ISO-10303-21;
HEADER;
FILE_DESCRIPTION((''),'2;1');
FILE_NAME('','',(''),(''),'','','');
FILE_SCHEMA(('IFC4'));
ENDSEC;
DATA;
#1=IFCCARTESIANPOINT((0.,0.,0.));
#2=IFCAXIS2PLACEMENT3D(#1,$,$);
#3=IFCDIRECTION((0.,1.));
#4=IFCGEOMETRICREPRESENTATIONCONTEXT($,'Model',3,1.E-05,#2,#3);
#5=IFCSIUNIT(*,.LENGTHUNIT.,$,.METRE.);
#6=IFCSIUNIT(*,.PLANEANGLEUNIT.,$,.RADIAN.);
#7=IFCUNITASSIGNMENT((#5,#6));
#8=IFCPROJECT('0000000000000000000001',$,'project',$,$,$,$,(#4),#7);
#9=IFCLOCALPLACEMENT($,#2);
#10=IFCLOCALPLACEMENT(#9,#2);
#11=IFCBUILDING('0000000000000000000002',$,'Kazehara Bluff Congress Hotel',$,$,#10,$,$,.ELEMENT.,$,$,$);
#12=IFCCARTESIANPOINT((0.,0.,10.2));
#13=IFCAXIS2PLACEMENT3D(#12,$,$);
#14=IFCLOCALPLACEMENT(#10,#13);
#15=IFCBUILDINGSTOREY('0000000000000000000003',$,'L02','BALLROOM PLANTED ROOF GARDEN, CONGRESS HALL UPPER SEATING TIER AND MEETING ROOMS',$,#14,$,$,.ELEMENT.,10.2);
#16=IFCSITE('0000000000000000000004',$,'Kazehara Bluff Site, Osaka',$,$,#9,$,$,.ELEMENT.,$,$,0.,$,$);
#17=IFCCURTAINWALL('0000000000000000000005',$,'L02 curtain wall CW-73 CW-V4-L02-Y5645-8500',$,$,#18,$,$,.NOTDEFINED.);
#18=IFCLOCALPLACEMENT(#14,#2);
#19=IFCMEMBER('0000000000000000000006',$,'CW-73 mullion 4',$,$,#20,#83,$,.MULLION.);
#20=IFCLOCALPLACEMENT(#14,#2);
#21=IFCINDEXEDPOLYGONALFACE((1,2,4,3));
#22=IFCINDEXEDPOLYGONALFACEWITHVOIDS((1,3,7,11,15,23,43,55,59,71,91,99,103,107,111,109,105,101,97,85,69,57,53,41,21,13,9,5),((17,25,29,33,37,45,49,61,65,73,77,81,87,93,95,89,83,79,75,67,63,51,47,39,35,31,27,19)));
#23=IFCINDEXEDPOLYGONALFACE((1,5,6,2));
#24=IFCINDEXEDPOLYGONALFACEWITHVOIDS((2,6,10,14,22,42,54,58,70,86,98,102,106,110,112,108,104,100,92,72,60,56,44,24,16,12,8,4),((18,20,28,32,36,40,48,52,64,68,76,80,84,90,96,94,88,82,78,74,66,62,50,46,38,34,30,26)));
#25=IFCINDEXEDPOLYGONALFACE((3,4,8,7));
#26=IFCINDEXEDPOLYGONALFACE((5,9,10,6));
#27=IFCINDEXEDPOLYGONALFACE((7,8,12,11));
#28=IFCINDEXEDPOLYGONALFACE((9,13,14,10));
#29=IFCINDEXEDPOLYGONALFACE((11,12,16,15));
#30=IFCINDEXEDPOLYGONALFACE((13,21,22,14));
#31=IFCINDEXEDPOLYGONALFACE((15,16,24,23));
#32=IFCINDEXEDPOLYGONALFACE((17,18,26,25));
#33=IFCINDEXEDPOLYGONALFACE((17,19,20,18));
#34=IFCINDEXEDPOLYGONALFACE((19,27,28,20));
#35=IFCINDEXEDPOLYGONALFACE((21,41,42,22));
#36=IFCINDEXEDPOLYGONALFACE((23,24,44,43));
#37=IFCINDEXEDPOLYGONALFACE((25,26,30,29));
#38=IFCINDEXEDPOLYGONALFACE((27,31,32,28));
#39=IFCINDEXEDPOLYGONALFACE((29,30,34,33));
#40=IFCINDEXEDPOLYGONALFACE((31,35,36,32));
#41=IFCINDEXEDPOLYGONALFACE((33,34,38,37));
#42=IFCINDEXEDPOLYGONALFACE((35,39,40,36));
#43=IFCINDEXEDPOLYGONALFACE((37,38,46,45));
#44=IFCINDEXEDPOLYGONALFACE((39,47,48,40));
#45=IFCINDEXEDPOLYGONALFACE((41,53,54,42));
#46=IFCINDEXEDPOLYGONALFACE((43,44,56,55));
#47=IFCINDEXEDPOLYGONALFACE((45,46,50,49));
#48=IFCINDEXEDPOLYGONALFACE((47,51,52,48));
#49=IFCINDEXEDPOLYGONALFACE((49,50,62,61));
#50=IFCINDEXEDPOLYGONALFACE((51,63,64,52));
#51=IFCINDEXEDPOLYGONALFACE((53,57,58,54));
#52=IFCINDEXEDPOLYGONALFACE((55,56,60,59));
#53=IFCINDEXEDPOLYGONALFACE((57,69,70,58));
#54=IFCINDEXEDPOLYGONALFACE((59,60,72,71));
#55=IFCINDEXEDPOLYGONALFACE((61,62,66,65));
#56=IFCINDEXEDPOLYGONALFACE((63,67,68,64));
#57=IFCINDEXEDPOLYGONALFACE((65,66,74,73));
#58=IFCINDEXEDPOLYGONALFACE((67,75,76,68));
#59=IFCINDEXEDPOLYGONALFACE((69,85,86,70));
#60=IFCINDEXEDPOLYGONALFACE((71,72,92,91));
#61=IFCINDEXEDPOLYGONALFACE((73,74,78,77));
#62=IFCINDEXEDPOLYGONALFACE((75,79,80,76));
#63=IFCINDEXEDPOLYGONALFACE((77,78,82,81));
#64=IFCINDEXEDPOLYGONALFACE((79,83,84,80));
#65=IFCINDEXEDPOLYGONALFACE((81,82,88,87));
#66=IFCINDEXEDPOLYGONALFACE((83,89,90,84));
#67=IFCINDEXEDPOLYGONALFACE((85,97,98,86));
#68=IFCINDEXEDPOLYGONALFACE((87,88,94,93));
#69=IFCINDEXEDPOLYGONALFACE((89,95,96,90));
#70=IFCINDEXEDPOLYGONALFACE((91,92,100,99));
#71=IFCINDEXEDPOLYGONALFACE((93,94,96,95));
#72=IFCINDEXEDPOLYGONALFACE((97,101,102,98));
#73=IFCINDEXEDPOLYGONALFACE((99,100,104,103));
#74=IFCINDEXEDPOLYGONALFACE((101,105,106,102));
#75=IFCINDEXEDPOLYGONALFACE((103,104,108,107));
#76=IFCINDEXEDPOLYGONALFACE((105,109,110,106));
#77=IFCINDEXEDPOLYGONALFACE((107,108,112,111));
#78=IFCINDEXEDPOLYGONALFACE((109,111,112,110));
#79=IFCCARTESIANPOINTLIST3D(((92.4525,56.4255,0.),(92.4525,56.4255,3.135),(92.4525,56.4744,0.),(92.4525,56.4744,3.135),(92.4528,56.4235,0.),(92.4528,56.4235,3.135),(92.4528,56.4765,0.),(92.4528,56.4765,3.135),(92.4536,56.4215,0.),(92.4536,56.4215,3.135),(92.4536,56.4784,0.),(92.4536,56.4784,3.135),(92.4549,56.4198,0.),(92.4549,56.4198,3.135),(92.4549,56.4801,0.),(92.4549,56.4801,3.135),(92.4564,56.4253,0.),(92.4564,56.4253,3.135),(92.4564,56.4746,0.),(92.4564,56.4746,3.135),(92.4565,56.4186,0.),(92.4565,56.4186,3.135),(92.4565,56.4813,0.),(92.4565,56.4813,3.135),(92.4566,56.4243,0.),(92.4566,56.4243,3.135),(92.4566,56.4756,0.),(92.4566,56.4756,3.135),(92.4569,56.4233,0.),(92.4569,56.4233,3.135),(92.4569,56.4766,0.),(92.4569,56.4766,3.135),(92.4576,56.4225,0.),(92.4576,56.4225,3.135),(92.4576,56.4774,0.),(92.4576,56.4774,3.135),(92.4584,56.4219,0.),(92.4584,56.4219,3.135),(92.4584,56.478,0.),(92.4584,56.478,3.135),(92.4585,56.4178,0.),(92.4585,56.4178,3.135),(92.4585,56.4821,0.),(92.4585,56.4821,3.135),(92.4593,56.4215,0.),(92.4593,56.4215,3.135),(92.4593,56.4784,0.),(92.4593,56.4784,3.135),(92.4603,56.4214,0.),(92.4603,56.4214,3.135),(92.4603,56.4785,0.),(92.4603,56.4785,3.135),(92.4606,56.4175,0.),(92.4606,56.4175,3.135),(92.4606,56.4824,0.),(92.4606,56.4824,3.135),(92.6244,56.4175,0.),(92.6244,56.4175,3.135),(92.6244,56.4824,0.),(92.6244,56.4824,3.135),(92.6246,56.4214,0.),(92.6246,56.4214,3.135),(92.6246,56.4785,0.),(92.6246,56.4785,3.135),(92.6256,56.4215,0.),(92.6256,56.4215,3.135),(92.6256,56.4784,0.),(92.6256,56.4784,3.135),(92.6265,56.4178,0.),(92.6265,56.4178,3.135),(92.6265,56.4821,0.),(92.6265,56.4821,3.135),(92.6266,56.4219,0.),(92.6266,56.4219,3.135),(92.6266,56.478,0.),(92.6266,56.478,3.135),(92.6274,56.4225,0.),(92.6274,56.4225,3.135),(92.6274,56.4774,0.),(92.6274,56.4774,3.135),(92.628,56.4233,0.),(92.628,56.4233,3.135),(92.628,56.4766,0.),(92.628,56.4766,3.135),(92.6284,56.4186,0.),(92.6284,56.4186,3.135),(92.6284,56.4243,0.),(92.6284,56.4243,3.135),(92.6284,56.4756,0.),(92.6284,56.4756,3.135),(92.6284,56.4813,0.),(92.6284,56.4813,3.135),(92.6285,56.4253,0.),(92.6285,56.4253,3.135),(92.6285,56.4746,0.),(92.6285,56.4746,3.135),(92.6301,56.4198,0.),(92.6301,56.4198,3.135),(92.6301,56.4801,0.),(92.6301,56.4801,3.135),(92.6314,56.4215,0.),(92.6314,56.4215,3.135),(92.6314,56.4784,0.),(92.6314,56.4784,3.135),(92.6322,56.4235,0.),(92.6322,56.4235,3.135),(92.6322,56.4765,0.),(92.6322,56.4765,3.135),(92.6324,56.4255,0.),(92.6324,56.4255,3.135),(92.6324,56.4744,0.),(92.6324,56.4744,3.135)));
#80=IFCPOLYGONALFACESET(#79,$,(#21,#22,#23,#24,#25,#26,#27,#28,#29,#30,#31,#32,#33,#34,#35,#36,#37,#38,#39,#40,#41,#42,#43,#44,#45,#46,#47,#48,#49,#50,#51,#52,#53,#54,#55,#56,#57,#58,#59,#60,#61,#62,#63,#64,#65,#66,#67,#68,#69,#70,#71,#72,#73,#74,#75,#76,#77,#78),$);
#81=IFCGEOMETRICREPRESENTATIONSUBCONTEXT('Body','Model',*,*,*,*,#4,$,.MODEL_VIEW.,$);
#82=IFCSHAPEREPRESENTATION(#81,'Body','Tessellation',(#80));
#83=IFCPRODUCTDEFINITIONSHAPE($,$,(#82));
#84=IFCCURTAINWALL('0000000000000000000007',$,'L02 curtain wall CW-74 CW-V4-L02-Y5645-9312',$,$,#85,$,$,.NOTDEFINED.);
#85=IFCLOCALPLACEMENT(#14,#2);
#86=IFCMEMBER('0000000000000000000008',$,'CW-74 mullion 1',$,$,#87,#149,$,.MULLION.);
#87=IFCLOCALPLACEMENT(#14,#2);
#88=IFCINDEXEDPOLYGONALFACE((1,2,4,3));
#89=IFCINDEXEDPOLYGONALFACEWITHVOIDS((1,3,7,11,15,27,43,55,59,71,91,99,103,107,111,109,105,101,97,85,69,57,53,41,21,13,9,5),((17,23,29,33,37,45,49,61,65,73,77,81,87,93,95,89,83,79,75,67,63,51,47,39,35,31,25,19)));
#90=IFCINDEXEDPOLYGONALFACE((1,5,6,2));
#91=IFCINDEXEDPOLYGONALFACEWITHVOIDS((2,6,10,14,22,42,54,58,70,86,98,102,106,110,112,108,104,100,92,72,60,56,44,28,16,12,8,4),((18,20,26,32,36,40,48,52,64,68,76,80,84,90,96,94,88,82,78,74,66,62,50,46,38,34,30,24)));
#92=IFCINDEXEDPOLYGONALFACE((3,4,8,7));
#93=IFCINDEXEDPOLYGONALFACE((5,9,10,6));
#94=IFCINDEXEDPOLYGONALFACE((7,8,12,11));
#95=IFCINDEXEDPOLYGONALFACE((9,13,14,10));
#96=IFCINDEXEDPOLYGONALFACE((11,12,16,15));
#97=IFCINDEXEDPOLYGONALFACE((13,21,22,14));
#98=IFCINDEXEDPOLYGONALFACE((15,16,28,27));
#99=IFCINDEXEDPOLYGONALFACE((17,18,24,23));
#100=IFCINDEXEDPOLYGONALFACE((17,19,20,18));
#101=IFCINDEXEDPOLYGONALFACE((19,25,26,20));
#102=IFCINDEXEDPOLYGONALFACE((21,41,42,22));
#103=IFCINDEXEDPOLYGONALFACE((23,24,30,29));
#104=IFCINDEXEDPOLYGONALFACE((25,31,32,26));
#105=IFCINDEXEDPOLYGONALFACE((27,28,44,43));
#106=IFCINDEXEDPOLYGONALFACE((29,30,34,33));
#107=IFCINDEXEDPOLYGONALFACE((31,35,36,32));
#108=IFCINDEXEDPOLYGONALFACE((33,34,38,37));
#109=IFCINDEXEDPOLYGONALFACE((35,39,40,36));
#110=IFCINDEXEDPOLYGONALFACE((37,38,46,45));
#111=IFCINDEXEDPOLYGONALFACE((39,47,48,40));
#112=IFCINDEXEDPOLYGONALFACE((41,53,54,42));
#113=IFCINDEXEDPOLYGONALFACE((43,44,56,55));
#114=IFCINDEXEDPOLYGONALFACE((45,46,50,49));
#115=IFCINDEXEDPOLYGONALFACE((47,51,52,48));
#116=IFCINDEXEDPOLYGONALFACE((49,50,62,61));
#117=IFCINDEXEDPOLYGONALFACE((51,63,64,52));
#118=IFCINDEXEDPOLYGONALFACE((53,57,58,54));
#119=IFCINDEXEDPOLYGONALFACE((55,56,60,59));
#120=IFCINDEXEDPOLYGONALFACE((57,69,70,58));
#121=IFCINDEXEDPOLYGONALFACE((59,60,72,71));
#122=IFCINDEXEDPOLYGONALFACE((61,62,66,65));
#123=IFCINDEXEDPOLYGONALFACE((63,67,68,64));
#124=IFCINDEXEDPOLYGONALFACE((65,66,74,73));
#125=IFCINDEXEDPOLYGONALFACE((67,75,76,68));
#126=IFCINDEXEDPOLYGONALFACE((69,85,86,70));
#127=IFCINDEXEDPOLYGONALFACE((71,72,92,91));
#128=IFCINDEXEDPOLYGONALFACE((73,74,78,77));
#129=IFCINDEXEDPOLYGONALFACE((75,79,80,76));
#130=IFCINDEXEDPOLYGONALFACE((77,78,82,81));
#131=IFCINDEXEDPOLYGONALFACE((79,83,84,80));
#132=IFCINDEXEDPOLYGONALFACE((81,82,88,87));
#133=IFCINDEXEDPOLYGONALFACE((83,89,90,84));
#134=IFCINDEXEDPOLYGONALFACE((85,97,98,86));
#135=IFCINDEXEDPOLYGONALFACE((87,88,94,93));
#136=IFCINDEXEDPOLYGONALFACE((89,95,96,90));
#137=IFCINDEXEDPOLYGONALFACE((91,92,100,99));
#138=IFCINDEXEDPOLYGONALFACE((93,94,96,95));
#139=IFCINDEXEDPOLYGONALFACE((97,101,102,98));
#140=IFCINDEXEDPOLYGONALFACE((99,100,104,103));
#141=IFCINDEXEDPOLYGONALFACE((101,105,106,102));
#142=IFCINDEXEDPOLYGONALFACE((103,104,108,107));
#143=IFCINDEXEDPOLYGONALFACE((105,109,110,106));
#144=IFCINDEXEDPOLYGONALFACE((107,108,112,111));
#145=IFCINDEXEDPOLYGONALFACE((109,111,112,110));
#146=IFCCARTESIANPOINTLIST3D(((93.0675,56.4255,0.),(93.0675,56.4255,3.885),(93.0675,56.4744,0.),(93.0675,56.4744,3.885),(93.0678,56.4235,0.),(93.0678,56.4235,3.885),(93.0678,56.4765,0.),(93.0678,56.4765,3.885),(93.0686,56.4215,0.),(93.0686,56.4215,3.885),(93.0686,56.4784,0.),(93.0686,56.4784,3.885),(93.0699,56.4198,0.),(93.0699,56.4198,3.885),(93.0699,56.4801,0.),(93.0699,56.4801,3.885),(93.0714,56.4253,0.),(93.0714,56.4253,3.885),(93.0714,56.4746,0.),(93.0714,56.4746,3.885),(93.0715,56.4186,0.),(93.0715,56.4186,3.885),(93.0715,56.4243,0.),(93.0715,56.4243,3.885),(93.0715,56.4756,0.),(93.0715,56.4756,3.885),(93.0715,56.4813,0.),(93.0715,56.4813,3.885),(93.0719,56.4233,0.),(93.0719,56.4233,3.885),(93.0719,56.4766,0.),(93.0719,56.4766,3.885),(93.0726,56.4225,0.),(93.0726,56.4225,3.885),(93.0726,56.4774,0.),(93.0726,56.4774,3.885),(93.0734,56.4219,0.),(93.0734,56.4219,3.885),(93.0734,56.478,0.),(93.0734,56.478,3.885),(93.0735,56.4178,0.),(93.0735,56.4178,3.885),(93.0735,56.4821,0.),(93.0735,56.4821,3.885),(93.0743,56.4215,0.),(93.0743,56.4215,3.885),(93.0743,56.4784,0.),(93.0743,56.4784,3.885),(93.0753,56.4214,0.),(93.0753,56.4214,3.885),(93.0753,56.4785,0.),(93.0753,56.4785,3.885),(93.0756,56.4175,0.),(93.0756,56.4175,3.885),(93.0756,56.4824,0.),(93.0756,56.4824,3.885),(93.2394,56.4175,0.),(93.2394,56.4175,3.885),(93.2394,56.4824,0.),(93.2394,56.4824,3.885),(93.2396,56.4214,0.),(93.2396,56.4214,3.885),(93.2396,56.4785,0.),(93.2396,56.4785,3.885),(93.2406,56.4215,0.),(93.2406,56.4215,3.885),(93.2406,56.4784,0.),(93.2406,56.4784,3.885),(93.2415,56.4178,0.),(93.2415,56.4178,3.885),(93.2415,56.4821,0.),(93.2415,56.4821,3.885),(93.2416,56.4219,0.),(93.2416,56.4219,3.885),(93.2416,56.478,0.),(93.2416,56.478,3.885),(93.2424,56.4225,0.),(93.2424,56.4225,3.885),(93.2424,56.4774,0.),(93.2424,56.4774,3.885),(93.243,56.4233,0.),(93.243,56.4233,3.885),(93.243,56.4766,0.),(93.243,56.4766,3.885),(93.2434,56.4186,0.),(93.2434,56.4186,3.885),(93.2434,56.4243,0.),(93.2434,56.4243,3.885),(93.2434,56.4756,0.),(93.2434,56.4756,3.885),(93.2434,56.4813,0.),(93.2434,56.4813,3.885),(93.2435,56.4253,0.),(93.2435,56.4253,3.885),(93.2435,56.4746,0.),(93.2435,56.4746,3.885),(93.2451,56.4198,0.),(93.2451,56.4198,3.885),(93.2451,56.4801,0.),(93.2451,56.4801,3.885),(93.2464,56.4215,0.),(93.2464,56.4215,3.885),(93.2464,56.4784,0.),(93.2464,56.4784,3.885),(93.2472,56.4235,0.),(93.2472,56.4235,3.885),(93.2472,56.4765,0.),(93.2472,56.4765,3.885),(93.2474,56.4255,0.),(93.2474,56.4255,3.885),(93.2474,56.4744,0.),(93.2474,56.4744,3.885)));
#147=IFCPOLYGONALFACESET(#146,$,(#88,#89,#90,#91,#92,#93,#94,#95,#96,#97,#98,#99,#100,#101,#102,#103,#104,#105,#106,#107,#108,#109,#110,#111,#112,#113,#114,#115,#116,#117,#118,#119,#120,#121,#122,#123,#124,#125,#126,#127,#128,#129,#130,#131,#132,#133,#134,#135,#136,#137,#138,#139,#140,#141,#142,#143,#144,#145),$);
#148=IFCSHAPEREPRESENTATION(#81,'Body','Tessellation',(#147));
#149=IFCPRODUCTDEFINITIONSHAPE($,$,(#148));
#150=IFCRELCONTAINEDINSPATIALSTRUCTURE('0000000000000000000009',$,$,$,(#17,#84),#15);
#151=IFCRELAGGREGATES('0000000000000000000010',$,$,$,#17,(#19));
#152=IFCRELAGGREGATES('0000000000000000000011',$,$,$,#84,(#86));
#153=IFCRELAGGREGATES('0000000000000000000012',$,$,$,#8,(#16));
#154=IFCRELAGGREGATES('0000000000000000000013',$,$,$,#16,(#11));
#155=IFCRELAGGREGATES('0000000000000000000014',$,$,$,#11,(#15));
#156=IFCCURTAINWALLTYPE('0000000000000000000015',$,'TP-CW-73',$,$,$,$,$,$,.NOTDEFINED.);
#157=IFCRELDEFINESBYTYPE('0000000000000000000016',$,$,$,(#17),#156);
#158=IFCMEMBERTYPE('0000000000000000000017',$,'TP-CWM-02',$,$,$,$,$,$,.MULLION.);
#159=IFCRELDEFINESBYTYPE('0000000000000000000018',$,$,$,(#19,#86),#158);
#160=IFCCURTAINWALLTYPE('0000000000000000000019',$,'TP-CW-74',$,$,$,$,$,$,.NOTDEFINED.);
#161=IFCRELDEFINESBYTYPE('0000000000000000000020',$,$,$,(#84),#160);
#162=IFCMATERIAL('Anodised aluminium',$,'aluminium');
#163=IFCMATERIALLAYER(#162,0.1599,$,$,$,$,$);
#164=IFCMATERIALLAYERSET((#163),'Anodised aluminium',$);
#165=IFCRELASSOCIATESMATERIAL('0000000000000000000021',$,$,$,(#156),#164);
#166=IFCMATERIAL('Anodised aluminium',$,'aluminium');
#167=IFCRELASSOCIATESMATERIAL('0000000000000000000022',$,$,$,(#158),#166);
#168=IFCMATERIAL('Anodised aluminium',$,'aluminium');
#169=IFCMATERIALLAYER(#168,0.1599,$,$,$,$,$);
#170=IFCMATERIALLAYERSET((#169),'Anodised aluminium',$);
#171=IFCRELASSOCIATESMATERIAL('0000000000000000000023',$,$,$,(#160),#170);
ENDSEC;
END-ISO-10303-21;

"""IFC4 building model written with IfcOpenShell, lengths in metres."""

from ifc_helpers import new_model, si_unit, direction, frame, origin, origin_2d, place, context, subcontext, project, spatial, hollow_rectangle, extrude, material, layer, layer_set, material_profile, profile_set, type_object, element, aggregate, save


model = new_model("IFC4")

# Units and contexts
model_context = context("Model", 3, precision=1e-05, world=origin(), true_north=direction((0.0, 1.0)))
body_context = subcontext(model_context, "Body", "Model", "MODEL_VIEW")
ifc_project = project(units=[si_unit("LENGTHUNIT", "METRE"), si_unit("PLANEANGLEUNIT", "RADIAN")], contexts=[model_context])

# Site, building, storey
site_placement = place(None, origin())
site = spatial("IfcSite", under=ifc_project, at=site_placement, Name="Kazehara Bluff Site, Osaka", CompositionType="ELEMENT", RefElevation=0.0)
building_placement = place(site_placement, origin())
building = spatial("IfcBuilding", under=site, at=building_placement, Name="Kazehara Bluff Congress Hotel", CompositionType="ELEMENT")
storey_placement = place(building_placement, frame((0.0, 0.0, 10.2)))
storey = spatial("IfcBuildingStorey", under=building, at=storey_placement, Name="L02", Description="BALLROOM PLANTED ROOF GARDEN, CONGRESS HALL UPPER SEATING TIER AND MEETING ROOMS", CompositionType="ELEMENT", Elevation=10.2)

# Curtain wall, member
ifc_material_1 = material(Name="Anodised aluminium", Category="aluminium")
ifc_layer_1 = layer(ifc_material_1, 0.1599)
ifc_layer_set_1 = layer_set([ifc_layer_1], Name="Anodised aluminium")
curtain_wall_type_1 = type_object("IfcCurtainWallType", Name="TP-CW-73", PredefinedType="NOTDEFINED", material=ifc_layer_set_1)
curtain_wall_1_placement = place(storey_placement, origin())
curtain_wall_1 = element("IfcCurtainWall", 1, at=curtain_wall_1_placement, inside=storey, type_object=curtain_wall_type_1, Name="L02 curtain wall CW-73 CW-V4-L02-Y5645-8500", PredefinedType="NOTDEFINED")
ifc_material_2 = material(Name="Anodised aluminium", Category="aluminium")
ifc_material_profile_1 = material_profile(ifc_material_2, hollow_rectangle(XDim=0.0649, YDim=0.1799, WallThickness=0.0039, InnerFilletRadius=0.0039, OuterFilletRadius=0.0081, at=origin_2d()))
ifc_profile_set_1 = profile_set([ifc_material_profile_1], Name="Anodised aluminium")
member_type_1 = type_object("IfcMemberType", Name="TP-CWM-02", PredefinedType="MULLION", material=ifc_profile_set_1)
member_1_placement = place(storey_placement, frame((92.5425, 56.45, 0.0), z_axis=(0.0, 0.0, 1.0), x_axis=(0.0, 1.0, 0.0)))
member_1 = element("IfcMember", 2, at=member_1_placement, type_object=member_type_1, Name="CW-73 mullion 4", PredefinedType="MULLION", context=body_context, shape_type="SweptSolid", body=[
    extrude(hollow_rectangle(XDim=0.0649, YDim=0.1799, WallThickness=0.0039, InnerFilletRadius=0.0039, OuterFilletRadius=0.0081, at=origin_2d()), origin(), (0.0, 0.0, 1.0), 3.135),
])

# Curtain wall, member
ifc_material_3 = material(Name="Anodised aluminium", Category="aluminium")
ifc_layer_2 = layer(ifc_material_3, 0.1599)
ifc_layer_set_2 = layer_set([ifc_layer_2], Name="Anodised aluminium")
curtain_wall_type_2 = type_object("IfcCurtainWallType", Name="TP-CW-74", PredefinedType="NOTDEFINED", material=ifc_layer_set_2)
curtain_wall_2_placement = place(storey_placement, origin())
curtain_wall_2 = element("IfcCurtainWall", 3, at=curtain_wall_2_placement, inside=storey, type_object=curtain_wall_type_2, Name="L02 curtain wall CW-74 CW-V4-L02-Y5645-9312", PredefinedType="NOTDEFINED")
member_2_placement = place(storey_placement, frame((93.1575, 56.45, 0.0), z_axis=(0.0, 0.0, 1.0), x_axis=(0.0, 1.0, 0.0)))
member_2 = element("IfcMember", 4, at=member_2_placement, type_object=member_type_1, Name="CW-74 mullion 1", PredefinedType="MULLION", context=body_context, shape_type="SweptSolid", body=[
    extrude(hollow_rectangle(XDim=0.0649, YDim=0.1799, WallThickness=0.0039, InnerFilletRadius=0.0039, OuterFilletRadius=0.0081, at=origin_2d()), origin(), (0.0, 0.0, 1.0), 3.885),
])

aggregate(curtain_wall_1, [member_1])
aggregate(curtain_wall_2, [member_2])

save(model, "model.ifc")
